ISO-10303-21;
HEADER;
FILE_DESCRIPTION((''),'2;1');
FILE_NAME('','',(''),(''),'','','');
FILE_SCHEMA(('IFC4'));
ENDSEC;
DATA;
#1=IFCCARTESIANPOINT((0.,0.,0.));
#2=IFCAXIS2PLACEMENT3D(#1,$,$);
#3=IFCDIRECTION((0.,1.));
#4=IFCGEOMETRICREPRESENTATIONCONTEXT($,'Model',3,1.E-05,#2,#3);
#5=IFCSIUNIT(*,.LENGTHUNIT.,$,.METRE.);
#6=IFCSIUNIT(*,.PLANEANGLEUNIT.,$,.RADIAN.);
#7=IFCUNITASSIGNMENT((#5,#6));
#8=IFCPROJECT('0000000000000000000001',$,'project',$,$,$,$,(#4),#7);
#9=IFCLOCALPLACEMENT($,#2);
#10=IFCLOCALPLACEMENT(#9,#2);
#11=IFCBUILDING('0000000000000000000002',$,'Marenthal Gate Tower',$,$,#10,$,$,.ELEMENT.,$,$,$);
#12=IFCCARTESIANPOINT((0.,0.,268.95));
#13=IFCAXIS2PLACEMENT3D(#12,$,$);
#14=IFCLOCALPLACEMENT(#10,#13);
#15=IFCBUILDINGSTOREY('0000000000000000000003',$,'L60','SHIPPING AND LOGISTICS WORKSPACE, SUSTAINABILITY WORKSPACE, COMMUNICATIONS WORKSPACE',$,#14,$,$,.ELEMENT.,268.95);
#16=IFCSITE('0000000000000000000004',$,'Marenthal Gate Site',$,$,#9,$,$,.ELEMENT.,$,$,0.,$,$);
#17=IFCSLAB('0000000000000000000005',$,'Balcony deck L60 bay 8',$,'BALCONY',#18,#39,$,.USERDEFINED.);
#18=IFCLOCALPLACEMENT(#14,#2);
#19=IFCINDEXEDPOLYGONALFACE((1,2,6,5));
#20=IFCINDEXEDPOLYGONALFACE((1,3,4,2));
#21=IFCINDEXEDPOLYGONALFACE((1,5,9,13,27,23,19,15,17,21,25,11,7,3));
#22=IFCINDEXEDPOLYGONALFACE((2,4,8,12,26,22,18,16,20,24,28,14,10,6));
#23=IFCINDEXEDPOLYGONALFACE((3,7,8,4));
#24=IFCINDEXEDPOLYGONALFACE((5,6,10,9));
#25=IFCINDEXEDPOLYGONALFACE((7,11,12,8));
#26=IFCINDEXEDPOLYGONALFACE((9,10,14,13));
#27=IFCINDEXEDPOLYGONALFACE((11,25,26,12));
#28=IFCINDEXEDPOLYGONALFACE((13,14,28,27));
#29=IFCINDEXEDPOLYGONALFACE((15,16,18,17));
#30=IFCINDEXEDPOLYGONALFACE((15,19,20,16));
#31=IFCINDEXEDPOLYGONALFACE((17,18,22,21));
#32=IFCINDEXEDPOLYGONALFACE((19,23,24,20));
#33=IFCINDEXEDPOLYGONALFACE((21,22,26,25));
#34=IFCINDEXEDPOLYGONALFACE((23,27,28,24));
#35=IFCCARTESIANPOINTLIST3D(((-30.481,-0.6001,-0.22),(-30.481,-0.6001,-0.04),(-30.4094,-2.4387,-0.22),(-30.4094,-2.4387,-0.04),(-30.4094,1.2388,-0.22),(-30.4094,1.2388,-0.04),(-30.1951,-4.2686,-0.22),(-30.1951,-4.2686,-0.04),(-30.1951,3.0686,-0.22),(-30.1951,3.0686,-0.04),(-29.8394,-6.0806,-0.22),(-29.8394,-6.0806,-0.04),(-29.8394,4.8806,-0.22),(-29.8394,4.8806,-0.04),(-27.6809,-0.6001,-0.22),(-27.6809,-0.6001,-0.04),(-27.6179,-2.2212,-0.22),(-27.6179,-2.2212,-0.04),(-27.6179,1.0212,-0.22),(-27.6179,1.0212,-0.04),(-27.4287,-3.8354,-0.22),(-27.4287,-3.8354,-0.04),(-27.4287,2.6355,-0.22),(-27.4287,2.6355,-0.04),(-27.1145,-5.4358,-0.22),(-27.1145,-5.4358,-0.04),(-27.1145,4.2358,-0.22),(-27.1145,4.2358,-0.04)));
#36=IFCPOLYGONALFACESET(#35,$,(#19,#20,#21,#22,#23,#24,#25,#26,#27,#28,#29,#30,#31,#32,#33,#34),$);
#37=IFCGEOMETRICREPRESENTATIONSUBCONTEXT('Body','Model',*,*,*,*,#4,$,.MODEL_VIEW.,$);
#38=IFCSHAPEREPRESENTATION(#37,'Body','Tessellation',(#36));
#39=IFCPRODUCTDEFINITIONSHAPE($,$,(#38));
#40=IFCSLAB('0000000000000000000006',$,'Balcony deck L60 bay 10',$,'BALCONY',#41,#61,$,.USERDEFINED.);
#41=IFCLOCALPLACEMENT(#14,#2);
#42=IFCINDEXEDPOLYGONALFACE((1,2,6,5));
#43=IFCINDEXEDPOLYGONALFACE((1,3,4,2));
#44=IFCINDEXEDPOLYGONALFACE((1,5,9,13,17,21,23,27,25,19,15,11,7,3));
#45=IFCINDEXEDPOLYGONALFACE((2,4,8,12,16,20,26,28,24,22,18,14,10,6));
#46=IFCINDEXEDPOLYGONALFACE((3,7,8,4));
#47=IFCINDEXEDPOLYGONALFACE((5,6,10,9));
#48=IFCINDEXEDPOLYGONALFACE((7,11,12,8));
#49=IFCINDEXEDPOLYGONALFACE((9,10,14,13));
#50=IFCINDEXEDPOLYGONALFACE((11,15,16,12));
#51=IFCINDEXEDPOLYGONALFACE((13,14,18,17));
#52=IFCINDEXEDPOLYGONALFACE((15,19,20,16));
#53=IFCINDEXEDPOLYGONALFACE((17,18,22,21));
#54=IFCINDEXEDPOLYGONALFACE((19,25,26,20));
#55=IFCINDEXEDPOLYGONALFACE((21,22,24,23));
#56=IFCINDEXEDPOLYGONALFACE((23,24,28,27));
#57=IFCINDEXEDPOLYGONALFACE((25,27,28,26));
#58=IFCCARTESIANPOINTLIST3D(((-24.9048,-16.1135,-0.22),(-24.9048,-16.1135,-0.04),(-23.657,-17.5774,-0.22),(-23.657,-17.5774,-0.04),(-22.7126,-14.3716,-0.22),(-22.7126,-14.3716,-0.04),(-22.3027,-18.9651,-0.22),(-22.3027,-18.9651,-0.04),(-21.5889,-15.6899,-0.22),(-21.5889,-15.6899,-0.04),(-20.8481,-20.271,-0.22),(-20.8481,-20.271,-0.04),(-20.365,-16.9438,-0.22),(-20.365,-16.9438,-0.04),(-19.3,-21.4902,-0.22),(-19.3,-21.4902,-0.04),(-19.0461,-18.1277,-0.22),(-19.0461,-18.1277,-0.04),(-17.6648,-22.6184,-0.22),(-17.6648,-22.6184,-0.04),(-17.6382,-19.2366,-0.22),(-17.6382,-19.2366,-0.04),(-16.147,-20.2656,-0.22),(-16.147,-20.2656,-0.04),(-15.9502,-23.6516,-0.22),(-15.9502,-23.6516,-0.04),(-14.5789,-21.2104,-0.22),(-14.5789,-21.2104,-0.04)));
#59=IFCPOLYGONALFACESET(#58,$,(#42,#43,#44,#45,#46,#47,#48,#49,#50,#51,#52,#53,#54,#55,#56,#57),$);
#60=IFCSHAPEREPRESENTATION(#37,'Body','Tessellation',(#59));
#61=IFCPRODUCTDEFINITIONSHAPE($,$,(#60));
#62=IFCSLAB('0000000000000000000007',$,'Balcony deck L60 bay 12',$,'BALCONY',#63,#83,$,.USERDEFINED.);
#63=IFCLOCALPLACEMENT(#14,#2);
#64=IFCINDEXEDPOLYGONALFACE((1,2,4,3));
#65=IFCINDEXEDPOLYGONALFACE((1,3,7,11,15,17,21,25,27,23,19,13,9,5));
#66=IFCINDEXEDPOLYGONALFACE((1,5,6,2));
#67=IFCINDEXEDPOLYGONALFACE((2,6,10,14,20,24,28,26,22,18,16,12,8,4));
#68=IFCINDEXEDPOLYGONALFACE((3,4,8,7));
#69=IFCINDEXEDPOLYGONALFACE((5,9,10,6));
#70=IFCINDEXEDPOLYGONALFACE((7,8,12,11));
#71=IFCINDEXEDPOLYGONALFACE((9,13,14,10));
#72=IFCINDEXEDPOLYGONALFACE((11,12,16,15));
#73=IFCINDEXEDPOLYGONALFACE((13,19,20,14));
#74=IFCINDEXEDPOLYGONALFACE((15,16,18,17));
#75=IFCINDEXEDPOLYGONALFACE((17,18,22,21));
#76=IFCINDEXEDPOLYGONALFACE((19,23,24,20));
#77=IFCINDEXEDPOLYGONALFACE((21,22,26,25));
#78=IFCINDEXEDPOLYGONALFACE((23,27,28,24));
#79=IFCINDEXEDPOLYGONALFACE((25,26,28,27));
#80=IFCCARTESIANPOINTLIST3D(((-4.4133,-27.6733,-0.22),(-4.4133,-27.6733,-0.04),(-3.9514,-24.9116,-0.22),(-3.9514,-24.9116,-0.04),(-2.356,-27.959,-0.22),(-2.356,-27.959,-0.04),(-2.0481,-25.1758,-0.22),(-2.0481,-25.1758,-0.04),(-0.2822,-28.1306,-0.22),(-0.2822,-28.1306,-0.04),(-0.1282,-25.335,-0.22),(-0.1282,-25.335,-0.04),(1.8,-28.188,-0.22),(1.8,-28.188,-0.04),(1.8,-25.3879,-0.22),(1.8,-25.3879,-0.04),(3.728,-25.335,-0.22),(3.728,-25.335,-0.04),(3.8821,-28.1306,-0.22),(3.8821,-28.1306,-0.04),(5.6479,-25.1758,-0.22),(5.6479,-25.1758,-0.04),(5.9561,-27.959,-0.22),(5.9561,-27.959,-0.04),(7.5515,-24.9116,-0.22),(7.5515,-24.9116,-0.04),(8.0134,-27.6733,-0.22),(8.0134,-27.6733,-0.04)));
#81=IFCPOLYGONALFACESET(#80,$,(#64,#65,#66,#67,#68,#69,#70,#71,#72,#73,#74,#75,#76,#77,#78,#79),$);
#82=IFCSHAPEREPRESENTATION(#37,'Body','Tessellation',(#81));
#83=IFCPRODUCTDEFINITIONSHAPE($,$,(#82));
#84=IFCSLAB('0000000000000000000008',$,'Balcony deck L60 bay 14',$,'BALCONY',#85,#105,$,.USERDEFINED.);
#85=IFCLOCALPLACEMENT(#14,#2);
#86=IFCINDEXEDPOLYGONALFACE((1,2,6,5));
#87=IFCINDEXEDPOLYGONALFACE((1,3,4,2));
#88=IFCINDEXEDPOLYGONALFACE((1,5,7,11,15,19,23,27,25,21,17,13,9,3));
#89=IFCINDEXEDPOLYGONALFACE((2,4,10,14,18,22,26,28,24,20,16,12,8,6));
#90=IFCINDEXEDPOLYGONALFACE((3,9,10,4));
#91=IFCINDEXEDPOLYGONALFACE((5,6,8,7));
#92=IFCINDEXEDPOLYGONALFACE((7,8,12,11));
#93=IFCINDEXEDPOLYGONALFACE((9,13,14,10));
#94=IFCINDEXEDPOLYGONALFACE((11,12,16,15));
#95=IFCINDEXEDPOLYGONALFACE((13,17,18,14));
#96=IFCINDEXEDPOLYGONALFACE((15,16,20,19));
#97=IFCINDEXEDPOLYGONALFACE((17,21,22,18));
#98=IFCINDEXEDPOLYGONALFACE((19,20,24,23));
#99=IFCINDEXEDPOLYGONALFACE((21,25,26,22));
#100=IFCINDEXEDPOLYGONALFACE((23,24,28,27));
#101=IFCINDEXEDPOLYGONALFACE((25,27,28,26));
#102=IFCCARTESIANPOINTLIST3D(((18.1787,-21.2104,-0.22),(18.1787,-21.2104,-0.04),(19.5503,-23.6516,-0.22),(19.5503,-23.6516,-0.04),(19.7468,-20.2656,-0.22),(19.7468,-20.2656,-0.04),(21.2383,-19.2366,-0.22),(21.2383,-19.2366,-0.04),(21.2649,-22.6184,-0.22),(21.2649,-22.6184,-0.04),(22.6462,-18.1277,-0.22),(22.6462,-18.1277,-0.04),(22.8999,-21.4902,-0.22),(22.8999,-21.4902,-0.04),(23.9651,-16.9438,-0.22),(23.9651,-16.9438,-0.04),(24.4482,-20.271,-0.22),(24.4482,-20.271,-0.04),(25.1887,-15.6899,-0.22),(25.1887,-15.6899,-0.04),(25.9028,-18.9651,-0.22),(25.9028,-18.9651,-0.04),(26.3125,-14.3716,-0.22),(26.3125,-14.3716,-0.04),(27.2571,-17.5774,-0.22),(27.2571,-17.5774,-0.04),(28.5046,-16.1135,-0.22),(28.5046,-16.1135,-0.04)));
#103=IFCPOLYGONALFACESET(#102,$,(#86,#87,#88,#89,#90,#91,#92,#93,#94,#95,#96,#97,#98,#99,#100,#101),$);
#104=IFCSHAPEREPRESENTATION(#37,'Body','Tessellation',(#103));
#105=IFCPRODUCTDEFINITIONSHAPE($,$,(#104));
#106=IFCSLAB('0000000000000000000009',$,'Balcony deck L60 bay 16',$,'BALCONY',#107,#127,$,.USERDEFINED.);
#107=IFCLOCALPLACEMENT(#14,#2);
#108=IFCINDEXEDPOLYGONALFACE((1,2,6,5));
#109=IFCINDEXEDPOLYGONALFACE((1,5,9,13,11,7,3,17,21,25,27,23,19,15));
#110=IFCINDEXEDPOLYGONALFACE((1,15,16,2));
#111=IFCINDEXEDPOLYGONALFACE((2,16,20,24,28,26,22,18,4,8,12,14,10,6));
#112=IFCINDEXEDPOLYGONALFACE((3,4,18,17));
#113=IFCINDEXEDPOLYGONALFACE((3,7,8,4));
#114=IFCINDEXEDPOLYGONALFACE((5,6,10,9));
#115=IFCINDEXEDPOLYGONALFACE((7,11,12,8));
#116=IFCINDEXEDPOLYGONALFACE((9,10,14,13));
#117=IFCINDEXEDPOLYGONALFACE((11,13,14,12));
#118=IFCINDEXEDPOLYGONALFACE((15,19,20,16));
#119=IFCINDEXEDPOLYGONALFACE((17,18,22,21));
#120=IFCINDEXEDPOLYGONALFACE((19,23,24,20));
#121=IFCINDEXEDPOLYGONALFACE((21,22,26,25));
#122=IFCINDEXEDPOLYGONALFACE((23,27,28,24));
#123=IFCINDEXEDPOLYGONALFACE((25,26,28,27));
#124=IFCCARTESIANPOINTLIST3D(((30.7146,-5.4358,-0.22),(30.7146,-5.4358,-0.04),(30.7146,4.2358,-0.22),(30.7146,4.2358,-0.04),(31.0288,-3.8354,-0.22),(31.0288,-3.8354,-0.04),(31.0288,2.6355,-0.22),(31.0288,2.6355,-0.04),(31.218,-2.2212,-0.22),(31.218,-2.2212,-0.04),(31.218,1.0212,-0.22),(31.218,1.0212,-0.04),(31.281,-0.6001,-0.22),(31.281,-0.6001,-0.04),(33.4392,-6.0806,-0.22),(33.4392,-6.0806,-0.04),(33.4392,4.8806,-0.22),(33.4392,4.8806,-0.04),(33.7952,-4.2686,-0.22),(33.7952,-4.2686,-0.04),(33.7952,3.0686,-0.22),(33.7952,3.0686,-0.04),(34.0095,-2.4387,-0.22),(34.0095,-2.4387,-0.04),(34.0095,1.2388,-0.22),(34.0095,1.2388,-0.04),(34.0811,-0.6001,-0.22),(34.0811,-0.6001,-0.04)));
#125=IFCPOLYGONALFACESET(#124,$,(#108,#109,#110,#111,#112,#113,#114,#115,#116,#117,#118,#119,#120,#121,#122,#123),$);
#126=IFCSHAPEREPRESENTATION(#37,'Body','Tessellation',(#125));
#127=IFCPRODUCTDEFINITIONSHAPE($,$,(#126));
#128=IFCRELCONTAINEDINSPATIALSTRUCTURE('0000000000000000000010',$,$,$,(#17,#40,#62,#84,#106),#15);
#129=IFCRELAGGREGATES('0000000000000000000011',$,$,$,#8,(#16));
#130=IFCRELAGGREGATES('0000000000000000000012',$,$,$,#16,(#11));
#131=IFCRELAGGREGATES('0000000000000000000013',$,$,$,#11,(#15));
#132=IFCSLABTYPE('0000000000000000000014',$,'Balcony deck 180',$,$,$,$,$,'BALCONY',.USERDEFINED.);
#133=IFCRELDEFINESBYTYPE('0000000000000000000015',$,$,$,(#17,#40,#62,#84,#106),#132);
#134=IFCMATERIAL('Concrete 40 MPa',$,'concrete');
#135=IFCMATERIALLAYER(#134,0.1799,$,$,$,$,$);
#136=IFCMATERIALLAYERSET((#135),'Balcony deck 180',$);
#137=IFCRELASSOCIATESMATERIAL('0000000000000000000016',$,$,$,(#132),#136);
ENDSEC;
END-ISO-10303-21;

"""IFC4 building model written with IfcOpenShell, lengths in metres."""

from ifc_helpers import new_model, si_unit, direction, frame, origin, place, context, subcontext, project, spatial, polyline, outline, extrude, material, layer, layer_set, type_object, element, save


model = new_model("IFC4")

# Units and contexts
model_context = context("Model", 3, precision=1e-05, world=origin(), true_north=direction((0.0, 1.0)))
body_context = subcontext(model_context, "Body", "Model", "MODEL_VIEW")
ifc_project = project(units=[si_unit("LENGTHUNIT", "METRE"), si_unit("PLANEANGLEUNIT", "RADIAN")], contexts=[model_context])

# Site, building, storey
site_placement = place(None, origin())
site = spatial("IfcSite", under=ifc_project, at=site_placement, Name="Marenthal Gate Site", CompositionType="ELEMENT", RefElevation=0.0)
building_placement = place(site_placement, origin())
building = spatial("IfcBuilding", under=site, at=building_placement, Name="Marenthal Gate Tower", CompositionType="ELEMENT")
storey_placement = place(building_placement, frame((0.0, 0.0, 268.95)))
storey = spatial("IfcBuildingStorey", under=building, at=storey_placement, Name="L60", Description="SHIPPING AND LOGISTICS WORKSPACE, SUSTAINABILITY WORKSPACE, COMMUNICATIONS WORKSPACE", CompositionType="ELEMENT", Elevation=268.95)

# Slabs
ifc_material_1 = material(Name="Concrete 40 MPa", Category="concrete")
ifc_layer_1 = layer(ifc_material_1, 0.1799)
ifc_layer_set_1 = layer_set([ifc_layer_1], Name="Balcony deck 180")
slab_type_1 = type_object("IfcSlabType", Name="Balcony deck 180", ElementType="BALCONY", PredefinedType="USERDEFINED", material=ifc_layer_set_1)
slab_1_placement = place(storey_placement, frame((0.0, 0.0, -0.22)))
element("IfcSlab", 1, at=slab_1_placement, inside=storey, type_object=slab_type_1, Name="Balcony deck L60 bay 8", ObjectType="BALCONY", PredefinedType="USERDEFINED", context=body_context, shape_type="SweptSolid", body=[
    extrude(outline(polyline([(-27.1145, 4.2358), (-27.4287, 2.6355), (-27.6179, 1.0212), (-27.6809, -0.6001), (-27.6179, -2.2212), (-27.4287, -3.8354), (-27.1145, -5.4358), (-29.8394, -6.0806), (-30.1951, -4.2686), (-30.4094, -2.4387), (-30.481, -0.6001), (-30.4094, 1.2388), (-30.1951, 3.0686), (-29.8394, 4.8806), (-27.1145, 4.2358)])), origin(), (0.0, 0.0, 1.0), 0.1799),
])
slab_2_placement = place(storey_placement, frame((0.0, 0.0, -0.22)))
element("IfcSlab", 2, at=slab_2_placement, inside=storey, type_object=slab_type_1, Name="Balcony deck L60 bay 10", ObjectType="BALCONY", PredefinedType="USERDEFINED", context=body_context, shape_type="SweptSolid", body=[
    extrude(outline(polyline([(-22.7126, -14.3716), (-21.5889, -15.6899), (-20.365, -16.9438), (-19.0461, -18.1277), (-17.6382, -19.2366), (-16.147, -20.2656), (-14.5789, -21.2104), (-15.9502, -23.6516), (-17.6648, -22.6184), (-19.3, -21.4902), (-20.8481, -20.271), (-22.3027, -18.9651), (-23.657, -17.5774), (-24.9048, -16.1135), (-22.7126, -14.3716)])), origin(), (0.0, 0.0, 1.0), 0.1799),
])
slab_3_placement = place(storey_placement, frame((0.0, 0.0, -0.22)))
element("IfcSlab", 3, at=slab_3_placement, inside=storey, type_object=slab_type_1, Name="Balcony deck L60 bay 12", ObjectType="BALCONY", PredefinedType="USERDEFINED", context=body_context, shape_type="SweptSolid", body=[
    extrude(outline(polyline([(-3.9514, -24.9116), (-2.0481, -25.1758), (-0.1282, -25.335), (1.8, -25.3879), (3.728, -25.335), (5.6479, -25.1758), (7.5515, -24.9116), (8.0134, -27.6733), (5.9561, -27.959), (3.8821, -28.1306), (1.8, -28.188), (-0.2822, -28.1306), (-2.356, -27.959), (-4.4133, -27.6733), (-3.9514, -24.9116)])), origin(), (0.0, 0.0, 1.0), 0.1799),
])
slab_4_placement = place(storey_placement, frame((0.0, 0.0, -0.22)))
element("IfcSlab", 4, at=slab_4_placement, inside=storey, type_object=slab_type_1, Name="Balcony deck L60 bay 14", ObjectType="BALCONY", PredefinedType="USERDEFINED", context=body_context, shape_type="SweptSolid", body=[
    extrude(outline(polyline([(18.1787, -21.2104), (19.7468, -20.2656), (21.2383, -19.2366), (22.6462, -18.1277), (23.9651, -16.9438), (25.1887, -15.6899), (26.3125, -14.3716), (28.5046, -16.1135), (27.2571, -17.5774), (25.9028, -18.9651), (24.4482, -20.271), (22.8999, -21.4902), (21.2649, -22.6184), (19.5503, -23.6516), (18.1787, -21.2104)])), origin(), (0.0, 0.0, 1.0), 0.1799),
])
slab_5_placement = place(storey_placement, frame((0.0, 0.0, -0.22)))
element("IfcSlab", 5, at=slab_5_placement, inside=storey, type_object=slab_type_1, Name="Balcony deck L60 bay 16", ObjectType="BALCONY", PredefinedType="USERDEFINED", context=body_context, shape_type="SweptSolid", body=[
    extrude(outline(polyline([(30.7146, -5.4358), (31.0288, -3.8354), (31.218, -2.2212), (31.281, -0.6001), (31.218, 1.0212), (31.0288, 2.6355), (30.7146, 4.2358), (33.4392, 4.8806), (33.7952, 3.0686), (34.0095, 1.2388), (34.0811, -0.6001), (34.0095, -2.4387), (33.7952, -4.2686), (33.4392, -6.0806), (30.7146, -5.4358)])), origin(), (0.0, 0.0, 1.0), 0.1799),
])

save(model, "model.ifc")
